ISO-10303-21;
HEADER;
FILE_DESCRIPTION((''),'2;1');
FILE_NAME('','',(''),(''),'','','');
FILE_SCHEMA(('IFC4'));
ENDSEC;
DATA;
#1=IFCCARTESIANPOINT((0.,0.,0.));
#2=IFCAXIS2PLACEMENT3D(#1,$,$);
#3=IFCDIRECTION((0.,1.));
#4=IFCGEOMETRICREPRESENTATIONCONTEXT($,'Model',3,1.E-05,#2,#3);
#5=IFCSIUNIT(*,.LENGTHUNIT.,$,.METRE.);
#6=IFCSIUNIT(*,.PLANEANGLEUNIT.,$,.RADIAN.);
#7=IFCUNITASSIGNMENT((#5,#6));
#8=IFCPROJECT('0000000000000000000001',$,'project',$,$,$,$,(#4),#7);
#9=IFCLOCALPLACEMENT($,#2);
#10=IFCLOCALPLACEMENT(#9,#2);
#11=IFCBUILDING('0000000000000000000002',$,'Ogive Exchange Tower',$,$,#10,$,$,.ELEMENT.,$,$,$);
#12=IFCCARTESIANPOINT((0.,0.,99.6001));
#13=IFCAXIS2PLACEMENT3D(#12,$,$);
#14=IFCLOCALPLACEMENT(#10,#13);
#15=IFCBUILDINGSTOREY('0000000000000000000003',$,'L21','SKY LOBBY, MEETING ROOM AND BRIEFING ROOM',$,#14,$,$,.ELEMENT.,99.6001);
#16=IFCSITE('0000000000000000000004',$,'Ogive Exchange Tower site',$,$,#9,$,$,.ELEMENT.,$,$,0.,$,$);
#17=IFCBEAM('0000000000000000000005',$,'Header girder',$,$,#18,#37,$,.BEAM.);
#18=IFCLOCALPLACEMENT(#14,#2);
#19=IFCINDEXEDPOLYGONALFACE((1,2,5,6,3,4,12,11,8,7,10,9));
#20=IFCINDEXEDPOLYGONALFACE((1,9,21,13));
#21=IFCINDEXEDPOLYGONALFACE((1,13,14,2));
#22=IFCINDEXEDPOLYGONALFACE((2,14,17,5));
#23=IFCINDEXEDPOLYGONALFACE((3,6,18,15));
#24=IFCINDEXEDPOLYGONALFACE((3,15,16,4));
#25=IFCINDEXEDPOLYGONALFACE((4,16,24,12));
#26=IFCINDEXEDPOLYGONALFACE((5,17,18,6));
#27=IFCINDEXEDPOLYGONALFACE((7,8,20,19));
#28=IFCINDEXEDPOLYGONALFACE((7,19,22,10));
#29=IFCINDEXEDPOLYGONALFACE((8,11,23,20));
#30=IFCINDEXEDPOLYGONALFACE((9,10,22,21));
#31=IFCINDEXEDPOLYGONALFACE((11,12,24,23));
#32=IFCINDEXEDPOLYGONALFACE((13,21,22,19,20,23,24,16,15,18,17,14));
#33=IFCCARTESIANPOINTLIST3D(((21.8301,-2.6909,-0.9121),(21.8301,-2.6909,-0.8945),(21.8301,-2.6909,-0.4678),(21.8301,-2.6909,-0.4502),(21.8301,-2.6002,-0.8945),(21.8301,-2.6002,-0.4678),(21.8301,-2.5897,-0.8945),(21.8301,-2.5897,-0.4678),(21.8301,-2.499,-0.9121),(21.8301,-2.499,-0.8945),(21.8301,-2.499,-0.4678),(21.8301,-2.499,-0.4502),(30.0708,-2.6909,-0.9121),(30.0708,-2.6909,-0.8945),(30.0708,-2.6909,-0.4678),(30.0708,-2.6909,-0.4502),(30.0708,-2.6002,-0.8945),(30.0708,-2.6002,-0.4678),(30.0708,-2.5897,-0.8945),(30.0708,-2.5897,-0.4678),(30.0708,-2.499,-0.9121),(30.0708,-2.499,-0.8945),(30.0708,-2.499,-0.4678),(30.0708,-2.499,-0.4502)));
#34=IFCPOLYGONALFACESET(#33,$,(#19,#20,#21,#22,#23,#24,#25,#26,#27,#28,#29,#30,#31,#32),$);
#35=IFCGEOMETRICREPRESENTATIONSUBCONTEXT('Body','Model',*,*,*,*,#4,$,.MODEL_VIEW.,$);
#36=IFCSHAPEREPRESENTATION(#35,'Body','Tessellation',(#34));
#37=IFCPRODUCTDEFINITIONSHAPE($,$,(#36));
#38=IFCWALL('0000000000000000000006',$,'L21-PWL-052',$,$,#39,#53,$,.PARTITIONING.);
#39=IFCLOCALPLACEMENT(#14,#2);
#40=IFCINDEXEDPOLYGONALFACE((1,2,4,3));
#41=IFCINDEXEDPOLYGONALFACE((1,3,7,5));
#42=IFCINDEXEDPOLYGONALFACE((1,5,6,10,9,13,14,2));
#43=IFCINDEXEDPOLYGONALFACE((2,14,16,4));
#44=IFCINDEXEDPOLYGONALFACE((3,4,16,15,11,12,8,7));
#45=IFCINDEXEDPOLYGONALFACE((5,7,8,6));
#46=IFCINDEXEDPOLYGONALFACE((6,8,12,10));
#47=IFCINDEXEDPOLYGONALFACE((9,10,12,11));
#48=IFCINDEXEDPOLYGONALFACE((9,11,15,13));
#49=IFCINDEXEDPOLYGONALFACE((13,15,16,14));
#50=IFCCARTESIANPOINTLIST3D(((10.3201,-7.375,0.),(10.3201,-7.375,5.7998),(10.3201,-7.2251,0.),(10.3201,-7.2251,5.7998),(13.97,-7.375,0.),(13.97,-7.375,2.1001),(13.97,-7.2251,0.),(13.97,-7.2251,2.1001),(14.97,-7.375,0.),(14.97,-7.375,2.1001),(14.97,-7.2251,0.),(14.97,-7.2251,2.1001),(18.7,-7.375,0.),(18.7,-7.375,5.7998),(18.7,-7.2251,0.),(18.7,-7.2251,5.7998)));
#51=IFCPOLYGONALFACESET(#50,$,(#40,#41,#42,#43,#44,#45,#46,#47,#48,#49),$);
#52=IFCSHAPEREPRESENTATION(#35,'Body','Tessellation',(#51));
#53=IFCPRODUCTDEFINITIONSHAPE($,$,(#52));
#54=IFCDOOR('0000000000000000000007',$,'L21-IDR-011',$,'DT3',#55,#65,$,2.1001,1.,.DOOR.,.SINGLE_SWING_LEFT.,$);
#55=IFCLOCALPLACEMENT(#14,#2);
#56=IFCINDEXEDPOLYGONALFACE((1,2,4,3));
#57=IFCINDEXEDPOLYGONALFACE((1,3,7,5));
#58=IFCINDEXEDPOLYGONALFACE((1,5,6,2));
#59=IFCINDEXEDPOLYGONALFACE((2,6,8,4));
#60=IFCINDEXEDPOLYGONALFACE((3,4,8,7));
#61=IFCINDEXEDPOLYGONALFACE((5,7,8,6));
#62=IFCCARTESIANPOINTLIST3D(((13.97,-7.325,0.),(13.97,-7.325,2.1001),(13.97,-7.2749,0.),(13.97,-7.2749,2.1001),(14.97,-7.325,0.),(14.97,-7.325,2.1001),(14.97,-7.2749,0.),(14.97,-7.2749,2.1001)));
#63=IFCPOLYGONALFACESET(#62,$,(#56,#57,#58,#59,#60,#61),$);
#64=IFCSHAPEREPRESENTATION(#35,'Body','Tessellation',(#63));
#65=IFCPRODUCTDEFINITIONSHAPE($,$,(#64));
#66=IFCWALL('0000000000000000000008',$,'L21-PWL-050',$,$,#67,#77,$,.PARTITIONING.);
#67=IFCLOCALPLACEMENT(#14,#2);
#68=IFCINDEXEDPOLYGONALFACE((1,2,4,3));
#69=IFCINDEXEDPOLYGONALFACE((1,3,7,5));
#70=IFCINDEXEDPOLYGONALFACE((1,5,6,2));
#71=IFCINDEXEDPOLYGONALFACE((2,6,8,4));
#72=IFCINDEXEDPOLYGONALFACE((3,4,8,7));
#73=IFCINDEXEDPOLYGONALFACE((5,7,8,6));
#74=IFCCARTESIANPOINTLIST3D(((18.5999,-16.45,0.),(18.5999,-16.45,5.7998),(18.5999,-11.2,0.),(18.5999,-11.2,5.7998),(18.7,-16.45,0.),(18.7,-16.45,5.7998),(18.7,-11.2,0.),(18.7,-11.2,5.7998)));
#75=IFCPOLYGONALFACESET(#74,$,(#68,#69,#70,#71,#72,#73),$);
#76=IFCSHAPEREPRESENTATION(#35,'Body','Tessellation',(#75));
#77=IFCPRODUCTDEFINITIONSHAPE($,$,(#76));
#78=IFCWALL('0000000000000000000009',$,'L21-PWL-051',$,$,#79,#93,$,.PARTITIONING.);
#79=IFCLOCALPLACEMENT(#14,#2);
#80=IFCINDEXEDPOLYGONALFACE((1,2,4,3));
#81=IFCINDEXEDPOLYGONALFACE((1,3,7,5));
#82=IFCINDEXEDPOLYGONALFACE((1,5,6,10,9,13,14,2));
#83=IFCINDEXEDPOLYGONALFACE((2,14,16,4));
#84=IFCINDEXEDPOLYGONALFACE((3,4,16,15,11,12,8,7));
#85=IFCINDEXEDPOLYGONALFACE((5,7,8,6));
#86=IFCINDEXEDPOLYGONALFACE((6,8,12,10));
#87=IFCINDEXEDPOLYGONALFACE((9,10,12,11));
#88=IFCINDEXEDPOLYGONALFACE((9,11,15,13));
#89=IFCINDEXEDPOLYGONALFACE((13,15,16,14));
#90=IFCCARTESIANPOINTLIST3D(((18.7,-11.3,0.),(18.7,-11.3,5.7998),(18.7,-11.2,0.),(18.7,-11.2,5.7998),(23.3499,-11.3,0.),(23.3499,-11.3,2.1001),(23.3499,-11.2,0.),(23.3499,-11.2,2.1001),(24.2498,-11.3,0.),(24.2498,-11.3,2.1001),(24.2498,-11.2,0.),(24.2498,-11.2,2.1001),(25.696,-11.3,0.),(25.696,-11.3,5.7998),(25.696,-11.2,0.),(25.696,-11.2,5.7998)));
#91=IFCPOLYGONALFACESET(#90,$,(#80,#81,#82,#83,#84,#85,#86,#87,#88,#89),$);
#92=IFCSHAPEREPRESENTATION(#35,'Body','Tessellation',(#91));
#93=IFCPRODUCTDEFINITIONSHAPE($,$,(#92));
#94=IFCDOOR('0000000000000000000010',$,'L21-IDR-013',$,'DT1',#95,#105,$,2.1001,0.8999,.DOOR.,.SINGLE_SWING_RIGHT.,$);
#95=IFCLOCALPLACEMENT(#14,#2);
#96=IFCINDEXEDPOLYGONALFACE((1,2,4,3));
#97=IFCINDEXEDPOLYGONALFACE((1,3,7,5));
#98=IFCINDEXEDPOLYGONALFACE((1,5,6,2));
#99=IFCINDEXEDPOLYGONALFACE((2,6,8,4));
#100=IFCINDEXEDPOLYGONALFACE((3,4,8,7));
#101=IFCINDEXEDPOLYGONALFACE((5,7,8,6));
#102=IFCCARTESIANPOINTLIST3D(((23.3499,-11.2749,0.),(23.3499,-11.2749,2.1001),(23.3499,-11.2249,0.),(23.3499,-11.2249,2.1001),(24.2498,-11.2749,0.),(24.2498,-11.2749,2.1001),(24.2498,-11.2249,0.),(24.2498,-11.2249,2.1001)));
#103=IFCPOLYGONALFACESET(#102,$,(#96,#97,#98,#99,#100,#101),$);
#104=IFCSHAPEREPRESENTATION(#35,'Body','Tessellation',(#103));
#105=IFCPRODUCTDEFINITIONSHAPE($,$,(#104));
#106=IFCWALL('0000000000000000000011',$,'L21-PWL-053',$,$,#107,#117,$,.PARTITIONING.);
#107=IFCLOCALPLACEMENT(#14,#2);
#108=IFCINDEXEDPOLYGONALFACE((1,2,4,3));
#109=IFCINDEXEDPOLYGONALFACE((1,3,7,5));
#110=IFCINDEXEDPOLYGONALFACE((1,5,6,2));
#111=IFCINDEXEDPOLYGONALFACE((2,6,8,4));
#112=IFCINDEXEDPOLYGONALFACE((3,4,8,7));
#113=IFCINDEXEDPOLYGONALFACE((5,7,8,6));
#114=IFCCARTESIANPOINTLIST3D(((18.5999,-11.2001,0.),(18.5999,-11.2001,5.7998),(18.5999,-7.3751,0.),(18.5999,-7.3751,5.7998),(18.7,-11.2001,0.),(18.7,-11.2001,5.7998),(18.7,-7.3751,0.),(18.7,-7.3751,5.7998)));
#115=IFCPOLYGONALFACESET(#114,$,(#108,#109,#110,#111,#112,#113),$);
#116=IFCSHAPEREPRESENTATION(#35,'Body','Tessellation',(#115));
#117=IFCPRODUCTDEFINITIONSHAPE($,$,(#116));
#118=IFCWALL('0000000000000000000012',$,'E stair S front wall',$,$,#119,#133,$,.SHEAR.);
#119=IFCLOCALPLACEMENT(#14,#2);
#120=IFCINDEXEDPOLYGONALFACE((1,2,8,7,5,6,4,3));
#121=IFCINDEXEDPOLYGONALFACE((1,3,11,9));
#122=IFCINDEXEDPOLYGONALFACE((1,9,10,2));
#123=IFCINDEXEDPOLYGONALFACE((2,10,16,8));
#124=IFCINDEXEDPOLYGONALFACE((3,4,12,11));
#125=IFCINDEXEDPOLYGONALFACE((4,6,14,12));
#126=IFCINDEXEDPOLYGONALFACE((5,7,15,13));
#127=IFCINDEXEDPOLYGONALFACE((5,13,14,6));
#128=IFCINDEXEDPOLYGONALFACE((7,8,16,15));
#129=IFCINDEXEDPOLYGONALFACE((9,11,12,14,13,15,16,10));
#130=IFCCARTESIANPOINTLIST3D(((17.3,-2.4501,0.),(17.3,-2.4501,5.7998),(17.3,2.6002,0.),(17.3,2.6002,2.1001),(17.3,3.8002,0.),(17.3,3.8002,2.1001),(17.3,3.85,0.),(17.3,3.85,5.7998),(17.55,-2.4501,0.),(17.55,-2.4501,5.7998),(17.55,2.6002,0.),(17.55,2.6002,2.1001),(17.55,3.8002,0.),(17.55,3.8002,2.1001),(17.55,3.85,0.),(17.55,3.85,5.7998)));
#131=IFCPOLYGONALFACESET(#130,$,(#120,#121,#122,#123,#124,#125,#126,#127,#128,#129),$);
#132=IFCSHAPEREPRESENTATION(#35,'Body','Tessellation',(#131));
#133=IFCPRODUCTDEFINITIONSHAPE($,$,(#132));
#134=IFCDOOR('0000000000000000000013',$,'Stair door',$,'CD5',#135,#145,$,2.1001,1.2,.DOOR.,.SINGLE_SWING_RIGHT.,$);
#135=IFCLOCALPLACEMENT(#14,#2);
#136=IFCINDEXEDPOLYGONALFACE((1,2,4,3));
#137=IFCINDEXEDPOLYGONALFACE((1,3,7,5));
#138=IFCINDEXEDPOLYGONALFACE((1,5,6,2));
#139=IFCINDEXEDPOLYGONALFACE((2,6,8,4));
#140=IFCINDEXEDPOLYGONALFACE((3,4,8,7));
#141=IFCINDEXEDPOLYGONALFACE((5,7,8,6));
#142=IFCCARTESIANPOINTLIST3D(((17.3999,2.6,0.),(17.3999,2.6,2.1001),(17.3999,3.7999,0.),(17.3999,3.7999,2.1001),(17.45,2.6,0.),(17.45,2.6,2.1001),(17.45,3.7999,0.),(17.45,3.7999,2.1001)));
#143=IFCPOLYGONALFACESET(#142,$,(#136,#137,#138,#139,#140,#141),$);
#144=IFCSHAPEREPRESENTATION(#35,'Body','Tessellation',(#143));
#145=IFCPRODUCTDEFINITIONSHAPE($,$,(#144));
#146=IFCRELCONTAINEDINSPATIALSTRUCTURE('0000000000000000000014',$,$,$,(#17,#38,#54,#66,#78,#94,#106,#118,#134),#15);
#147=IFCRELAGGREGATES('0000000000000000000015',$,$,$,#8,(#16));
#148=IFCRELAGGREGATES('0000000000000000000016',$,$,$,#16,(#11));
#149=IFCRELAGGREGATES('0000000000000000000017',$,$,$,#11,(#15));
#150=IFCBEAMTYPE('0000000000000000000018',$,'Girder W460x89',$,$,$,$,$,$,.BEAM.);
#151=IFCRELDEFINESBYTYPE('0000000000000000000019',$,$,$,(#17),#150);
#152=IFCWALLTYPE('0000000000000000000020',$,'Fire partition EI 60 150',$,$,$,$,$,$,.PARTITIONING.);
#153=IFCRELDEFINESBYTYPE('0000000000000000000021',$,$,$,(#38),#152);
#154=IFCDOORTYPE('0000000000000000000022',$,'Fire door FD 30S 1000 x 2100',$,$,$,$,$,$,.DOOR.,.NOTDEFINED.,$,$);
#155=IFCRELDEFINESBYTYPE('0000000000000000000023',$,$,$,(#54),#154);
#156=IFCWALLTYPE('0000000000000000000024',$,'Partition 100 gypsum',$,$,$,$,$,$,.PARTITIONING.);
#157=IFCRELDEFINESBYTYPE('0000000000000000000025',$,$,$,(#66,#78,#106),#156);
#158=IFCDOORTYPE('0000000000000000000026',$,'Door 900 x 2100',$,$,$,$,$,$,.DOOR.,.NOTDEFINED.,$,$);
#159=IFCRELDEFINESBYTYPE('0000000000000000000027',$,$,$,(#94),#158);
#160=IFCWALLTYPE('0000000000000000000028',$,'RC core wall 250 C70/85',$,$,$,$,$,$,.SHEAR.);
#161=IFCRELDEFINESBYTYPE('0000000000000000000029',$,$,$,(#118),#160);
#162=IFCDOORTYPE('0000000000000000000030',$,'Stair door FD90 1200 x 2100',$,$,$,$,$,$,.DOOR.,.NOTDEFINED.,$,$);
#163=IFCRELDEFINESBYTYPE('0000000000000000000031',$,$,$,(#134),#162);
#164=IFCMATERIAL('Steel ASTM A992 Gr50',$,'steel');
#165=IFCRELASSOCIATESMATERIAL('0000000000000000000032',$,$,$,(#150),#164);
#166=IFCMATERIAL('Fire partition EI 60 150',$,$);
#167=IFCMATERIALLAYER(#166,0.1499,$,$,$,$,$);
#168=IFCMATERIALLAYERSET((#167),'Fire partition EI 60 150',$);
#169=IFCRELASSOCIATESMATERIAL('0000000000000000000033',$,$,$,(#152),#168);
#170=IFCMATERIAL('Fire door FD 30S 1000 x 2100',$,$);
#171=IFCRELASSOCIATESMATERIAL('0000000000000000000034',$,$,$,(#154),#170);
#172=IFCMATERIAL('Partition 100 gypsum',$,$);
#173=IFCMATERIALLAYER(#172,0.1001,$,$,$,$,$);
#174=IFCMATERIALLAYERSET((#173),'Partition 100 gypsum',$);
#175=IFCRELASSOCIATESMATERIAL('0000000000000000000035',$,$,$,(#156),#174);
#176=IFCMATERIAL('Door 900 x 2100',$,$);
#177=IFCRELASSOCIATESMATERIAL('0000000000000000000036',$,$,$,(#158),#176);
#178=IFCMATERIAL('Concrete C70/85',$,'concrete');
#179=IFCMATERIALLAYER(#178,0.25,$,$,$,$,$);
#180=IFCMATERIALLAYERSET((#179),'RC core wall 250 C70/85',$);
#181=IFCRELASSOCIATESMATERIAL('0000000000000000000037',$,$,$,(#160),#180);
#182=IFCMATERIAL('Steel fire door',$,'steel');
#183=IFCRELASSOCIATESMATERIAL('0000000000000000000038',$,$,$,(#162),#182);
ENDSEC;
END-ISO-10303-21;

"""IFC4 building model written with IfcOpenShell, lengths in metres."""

from ifc_helpers import new_model, si_unit, direction, frame, frame_2d, origin, origin_2d, place, context, subcontext, project, spatial, rectangle, i_section, extrude, material, layer, layer_set, material_profile, profile_set, type_object, element, fill, save


model = new_model("IFC4")

# Units and contexts
model_context = context("Model", 3, precision=1e-05, world=origin(), true_north=direction((0.0, 1.0)))
body_context = subcontext(model_context, "Body", "Model", "MODEL_VIEW")
ifc_project = project(units=[si_unit("LENGTHUNIT", "METRE"), si_unit("PLANEANGLEUNIT", "RADIAN")], contexts=[model_context])

# Site, building, storey
site_placement = place(None, origin())
site = spatial("IfcSite", under=ifc_project, at=site_placement, Name="Ogive Exchange Tower site", CompositionType="ELEMENT", RefElevation=0.0)
building_placement = place(site_placement, origin())
building = spatial("IfcBuilding", under=site, at=building_placement, Name="Ogive Exchange Tower", CompositionType="ELEMENT")
storey_placement = place(building_placement, frame((0.0, 0.0, 99.6001)))
storey = spatial("IfcBuildingStorey", under=building, at=storey_placement, Name="L21", Description="SKY LOBBY, MEETING ROOM AND BRIEFING ROOM", CompositionType="ELEMENT", Elevation=99.6001)

# Beam
ifc_material_1 = material(Name="Steel ASTM A992 Gr50", Category="steel")
ifc_material_profile = material_profile(ifc_material_1, i_section(OverallWidth=0.1919, OverallDepth=0.4619, WebThickness=0.0105, FlangeThickness=0.0176, at=origin_2d()), Name="W460x89")
ifc_profile_set = profile_set([ifc_material_profile], Name="Steel ASTM A992 Gr50")
beam_type = type_object("IfcBeamType", Name="Girder W460x89", PredefinedType="BEAM", material=ifc_profile_set)
beam_placement = place(storey_placement, frame((21.8301, -2.595, -0.6812), z_axis=(1.0, 0.0, 0.0), x_axis=(0.0, 1.0, 0.0)))
element("IfcBeam", 1, at=beam_placement, inside=storey, type_object=beam_type, Name="Header girder", PredefinedType="BEAM", context=body_context, shape_type="SweptSolid", body=[
    extrude(i_section(OverallWidth=0.1919, OverallDepth=0.4619, WebThickness=0.0105, FlangeThickness=0.0176, at=origin_2d()), origin(), (0.0, 0.0, 1.0), 8.2407),
])

# Wall, opening, door
ifc_material_2 = material(Name="Fire partition EI 60 150")
ifc_layer_1 = layer(ifc_material_2, 0.1499)
ifc_layer_set_1 = layer_set([ifc_layer_1], Name="Fire partition EI 60 150")
wall_type_1 = type_object("IfcWallType", Name="Fire partition EI 60 150", PredefinedType="PARTITIONING", material=ifc_layer_set_1)
wall_1_placement = place(storey_placement, frame((18.7, -7.3, 0.0), z_axis=(0.0, 0.0, 1.0), x_axis=(-1.0, 0.0, 0.0)))
wall_1 = element("IfcWall", 2, at=wall_1_placement, inside=storey, type_object=wall_type_1, Name="L21-PWL-052", PredefinedType="PARTITIONING", context=body_context, shape_type="SweptSolid", body=[
    extrude(rectangle(XDim=8.3799, YDim=0.1499, at=frame_2d((4.1899, 0.0))), origin(), (0.0, 0.0, 1.0), 5.7998),
])
opening_1_placement = place(wall_1_placement, frame((3.73, 0.0, 0.0)))
opening_1 = element("IfcOpeningElement", 3, at=opening_1_placement, cuts=wall_1, PredefinedType="OPENING", context=body_context, shape_type="SweptSolid", body=[
    extrude(rectangle(XDim=1.0, YDim=2.1001, at=frame_2d((0.5, 1.05))), frame((0.0, 0.085, 0.0), z_axis=(0.0, -1.0, 0.0), x_axis=(1.0, 0.0, 0.0)), (0.0, 0.0, 1.0), 0.1699),
])
ifc_material_3 = material(Name="Fire door FD 30S 1000 x 2100")
door_type_1 = type_object("IfcDoorType", Name="Fire door FD 30S 1000 x 2100", OperationType="NOTDEFINED", PredefinedType="DOOR", material=ifc_material_3)
door_1_placement = place(opening_1_placement, origin())
door_1 = element("IfcDoor", 4, at=door_1_placement, inside=storey, type_object=door_type_1, Name="L21-IDR-011", ObjectType="DT3", OperationType="SINGLE_SWING_LEFT", OverallHeight=2.1001, OverallWidth=1.0, PredefinedType="DOOR", context=body_context, shape_type="SweptSolid", body=[
    extrude(rectangle(XDim=1.0, YDim=2.1001, at=frame_2d((0.5, 1.05))), frame((0.0, 0.0249, 0.0), z_axis=(0.0, -1.0, 0.0), x_axis=(1.0, 0.0, 0.0)), (0.0, 0.0, 1.0), 0.05),
])
fill(opening_1, door_1)

# Wall
ifc_material_4 = material(Name="Partition 100 gypsum")
ifc_layer_2 = layer(ifc_material_4, 0.1001)
ifc_layer_set_2 = layer_set([ifc_layer_2], Name="Partition 100 gypsum")
wall_type_2 = type_object("IfcWallType", Name="Partition 100 gypsum", PredefinedType="PARTITIONING", material=ifc_layer_set_2)
wall_2_placement = place(storey_placement, frame((18.6499, -11.2, 0.0), z_axis=(0.0, 0.0, 1.0), x_axis=(0.0, -1.0, 0.0)))
element("IfcWall", 5, at=wall_2_placement, inside=storey, type_object=wall_type_2, Name="L21-PWL-050", PredefinedType="PARTITIONING", context=body_context, shape_type="SweptSolid", body=[
    extrude(rectangle(XDim=5.25, YDim=0.1001, at=frame_2d((2.625, 0.0))), origin(), (0.0, 0.0, 1.0), 5.7998),
])

# Wall, opening, door
wall_3_placement = place(storey_placement, frame((18.7, -11.25, 0.0), z_axis=(0.0, 0.0, 1.0), x_axis=(1.0, 0.0, 0.0)))
wall_3 = element("IfcWall", 6, at=wall_3_placement, inside=storey, type_object=wall_type_2, Name="L21-PWL-051", PredefinedType="PARTITIONING", context=body_context, shape_type="SweptSolid", body=[
    extrude(rectangle(XDim=6.9961, YDim=0.1001, at=frame_2d((3.498, 0.0))), origin(), (0.0, 0.0, 1.0), 5.7998),
])
opening_2_placement = place(wall_3_placement, frame((4.6499, 0.0, 0.0)))
opening_2 = element("IfcOpeningElement", 7, at=opening_2_placement, cuts=wall_3, PredefinedType="OPENING", context=body_context, shape_type="SweptSolid", body=[
    extrude(rectangle(XDim=0.8999, YDim=2.1001, at=frame_2d((0.45, 1.05))), frame((0.0, 0.0601, 0.0), z_axis=(0.0, -1.0, 0.0), x_axis=(1.0, 0.0, 0.0)), (0.0, 0.0, 1.0), 0.1201),
])
ifc_material_5 = material(Name="Door 900 x 2100")
door_type_2 = type_object("IfcDoorType", Name="Door 900 x 2100", OperationType="NOTDEFINED", PredefinedType="DOOR", material=ifc_material_5)
door_2_placement = place(opening_2_placement, frame((0.8999, 0.0, 0.0), z_axis=(0.0, 0.0, 1.0), x_axis=(-1.0, 0.0, 0.0)))
door_2 = element("IfcDoor", 8, at=door_2_placement, inside=storey, type_object=door_type_2, Name="L21-IDR-013", ObjectType="DT1", OperationType="SINGLE_SWING_RIGHT", OverallHeight=2.1001, OverallWidth=0.8999, PredefinedType="DOOR", context=body_context, shape_type="SweptSolid", body=[
    extrude(rectangle(XDim=0.8999, YDim=2.1001, at=frame_2d((0.45, 1.05))), frame((0.0, 0.0249, 0.0), z_axis=(0.0, -1.0, 0.0), x_axis=(1.0, 0.0, 0.0)), (0.0, 0.0, 1.0), 0.05),
])
fill(opening_2, door_2)

# Wall
wall_4_placement = place(storey_placement, frame((18.6499, -7.375, 0.0), z_axis=(0.0, 0.0, 1.0), x_axis=(0.0, -1.0, 0.0)))
element("IfcWall", 9, at=wall_4_placement, inside=storey, type_object=wall_type_2, Name="L21-PWL-053", PredefinedType="PARTITIONING", context=body_context, shape_type="SweptSolid", body=[
    extrude(rectangle(XDim=3.825, YDim=0.1001, at=frame_2d((1.9126, 0.0))), origin(), (0.0, 0.0, 1.0), 5.7998),
])

# Wall, opening, door
ifc_material_6 = material(Name="Concrete C70/85", Category="concrete")
ifc_layer_3 = layer(ifc_material_6, 0.25)
ifc_layer_set_3 = layer_set([ifc_layer_3], Name="RC core wall 250 C70/85")
wall_type_3 = type_object("IfcWallType", Name="RC core wall 250 C70/85", PredefinedType="SHEAR", material=ifc_layer_set_3)
wall_5_placement = place(storey_placement, frame((17.425, -2.45, 0.0), z_axis=(0.0, 0.0, 1.0), x_axis=(0.0, 1.0, 0.0)))
wall_5 = element("IfcWall", 10, at=wall_5_placement, inside=storey, type_object=wall_type_3, Name="E stair S front wall", PredefinedType="SHEAR", context=body_context, shape_type="SweptSolid", body=[
    extrude(rectangle(XDim=6.3, YDim=0.25, at=frame_2d((3.1499, 0.0))), origin(), (0.0, 0.0, 1.0), 5.7998),
])
opening_3_placement = place(wall_5_placement, frame((5.05, 0.0, 0.0)))
opening_3 = element("IfcOpeningElement", 11, at=opening_3_placement, cuts=wall_5, PredefinedType="OPENING", context=body_context, shape_type="SweptSolid", body=[
    extrude(rectangle(XDim=1.2, YDim=2.1001, at=frame_2d((0.6001, 1.05))), frame((0.0, 0.135, 0.0), z_axis=(0.0, -1.0, 0.0), x_axis=(1.0, 0.0, 0.0)), (0.0, 0.0, 1.0), 0.27),
])
ifc_material_7 = material(Name="Steel fire door", Category="steel")
door_type_3 = type_object("IfcDoorType", Name="Stair door FD90 1200 x 2100", OperationType="NOTDEFINED", PredefinedType="DOOR", material=ifc_material_7)
door_3_placement = place(opening_3_placement, frame((1.2, 0.0, 0.0), z_axis=(0.0, 0.0, 1.0), x_axis=(-1.0, 0.0, 0.0)))
door_3 = element("IfcDoor", 12, at=door_3_placement, inside=storey, type_object=door_type_3, Name="Stair door", ObjectType="CD5", OperationType="SINGLE_SWING_RIGHT", OverallHeight=2.1001, OverallWidth=1.2, PredefinedType="DOOR", context=body_context, shape_type="SweptSolid", body=[
    extrude(rectangle(XDim=1.2, YDim=2.1001, at=frame_2d((0.6001, 1.05))), frame((0.0, 0.0249, 0.0), z_axis=(0.0, -1.0, 0.0), x_axis=(1.0, 0.0, 0.0)), (0.0, 0.0, 1.0), 0.05),
])
fill(opening_3, door_3)

save(model, "model.ifc")
